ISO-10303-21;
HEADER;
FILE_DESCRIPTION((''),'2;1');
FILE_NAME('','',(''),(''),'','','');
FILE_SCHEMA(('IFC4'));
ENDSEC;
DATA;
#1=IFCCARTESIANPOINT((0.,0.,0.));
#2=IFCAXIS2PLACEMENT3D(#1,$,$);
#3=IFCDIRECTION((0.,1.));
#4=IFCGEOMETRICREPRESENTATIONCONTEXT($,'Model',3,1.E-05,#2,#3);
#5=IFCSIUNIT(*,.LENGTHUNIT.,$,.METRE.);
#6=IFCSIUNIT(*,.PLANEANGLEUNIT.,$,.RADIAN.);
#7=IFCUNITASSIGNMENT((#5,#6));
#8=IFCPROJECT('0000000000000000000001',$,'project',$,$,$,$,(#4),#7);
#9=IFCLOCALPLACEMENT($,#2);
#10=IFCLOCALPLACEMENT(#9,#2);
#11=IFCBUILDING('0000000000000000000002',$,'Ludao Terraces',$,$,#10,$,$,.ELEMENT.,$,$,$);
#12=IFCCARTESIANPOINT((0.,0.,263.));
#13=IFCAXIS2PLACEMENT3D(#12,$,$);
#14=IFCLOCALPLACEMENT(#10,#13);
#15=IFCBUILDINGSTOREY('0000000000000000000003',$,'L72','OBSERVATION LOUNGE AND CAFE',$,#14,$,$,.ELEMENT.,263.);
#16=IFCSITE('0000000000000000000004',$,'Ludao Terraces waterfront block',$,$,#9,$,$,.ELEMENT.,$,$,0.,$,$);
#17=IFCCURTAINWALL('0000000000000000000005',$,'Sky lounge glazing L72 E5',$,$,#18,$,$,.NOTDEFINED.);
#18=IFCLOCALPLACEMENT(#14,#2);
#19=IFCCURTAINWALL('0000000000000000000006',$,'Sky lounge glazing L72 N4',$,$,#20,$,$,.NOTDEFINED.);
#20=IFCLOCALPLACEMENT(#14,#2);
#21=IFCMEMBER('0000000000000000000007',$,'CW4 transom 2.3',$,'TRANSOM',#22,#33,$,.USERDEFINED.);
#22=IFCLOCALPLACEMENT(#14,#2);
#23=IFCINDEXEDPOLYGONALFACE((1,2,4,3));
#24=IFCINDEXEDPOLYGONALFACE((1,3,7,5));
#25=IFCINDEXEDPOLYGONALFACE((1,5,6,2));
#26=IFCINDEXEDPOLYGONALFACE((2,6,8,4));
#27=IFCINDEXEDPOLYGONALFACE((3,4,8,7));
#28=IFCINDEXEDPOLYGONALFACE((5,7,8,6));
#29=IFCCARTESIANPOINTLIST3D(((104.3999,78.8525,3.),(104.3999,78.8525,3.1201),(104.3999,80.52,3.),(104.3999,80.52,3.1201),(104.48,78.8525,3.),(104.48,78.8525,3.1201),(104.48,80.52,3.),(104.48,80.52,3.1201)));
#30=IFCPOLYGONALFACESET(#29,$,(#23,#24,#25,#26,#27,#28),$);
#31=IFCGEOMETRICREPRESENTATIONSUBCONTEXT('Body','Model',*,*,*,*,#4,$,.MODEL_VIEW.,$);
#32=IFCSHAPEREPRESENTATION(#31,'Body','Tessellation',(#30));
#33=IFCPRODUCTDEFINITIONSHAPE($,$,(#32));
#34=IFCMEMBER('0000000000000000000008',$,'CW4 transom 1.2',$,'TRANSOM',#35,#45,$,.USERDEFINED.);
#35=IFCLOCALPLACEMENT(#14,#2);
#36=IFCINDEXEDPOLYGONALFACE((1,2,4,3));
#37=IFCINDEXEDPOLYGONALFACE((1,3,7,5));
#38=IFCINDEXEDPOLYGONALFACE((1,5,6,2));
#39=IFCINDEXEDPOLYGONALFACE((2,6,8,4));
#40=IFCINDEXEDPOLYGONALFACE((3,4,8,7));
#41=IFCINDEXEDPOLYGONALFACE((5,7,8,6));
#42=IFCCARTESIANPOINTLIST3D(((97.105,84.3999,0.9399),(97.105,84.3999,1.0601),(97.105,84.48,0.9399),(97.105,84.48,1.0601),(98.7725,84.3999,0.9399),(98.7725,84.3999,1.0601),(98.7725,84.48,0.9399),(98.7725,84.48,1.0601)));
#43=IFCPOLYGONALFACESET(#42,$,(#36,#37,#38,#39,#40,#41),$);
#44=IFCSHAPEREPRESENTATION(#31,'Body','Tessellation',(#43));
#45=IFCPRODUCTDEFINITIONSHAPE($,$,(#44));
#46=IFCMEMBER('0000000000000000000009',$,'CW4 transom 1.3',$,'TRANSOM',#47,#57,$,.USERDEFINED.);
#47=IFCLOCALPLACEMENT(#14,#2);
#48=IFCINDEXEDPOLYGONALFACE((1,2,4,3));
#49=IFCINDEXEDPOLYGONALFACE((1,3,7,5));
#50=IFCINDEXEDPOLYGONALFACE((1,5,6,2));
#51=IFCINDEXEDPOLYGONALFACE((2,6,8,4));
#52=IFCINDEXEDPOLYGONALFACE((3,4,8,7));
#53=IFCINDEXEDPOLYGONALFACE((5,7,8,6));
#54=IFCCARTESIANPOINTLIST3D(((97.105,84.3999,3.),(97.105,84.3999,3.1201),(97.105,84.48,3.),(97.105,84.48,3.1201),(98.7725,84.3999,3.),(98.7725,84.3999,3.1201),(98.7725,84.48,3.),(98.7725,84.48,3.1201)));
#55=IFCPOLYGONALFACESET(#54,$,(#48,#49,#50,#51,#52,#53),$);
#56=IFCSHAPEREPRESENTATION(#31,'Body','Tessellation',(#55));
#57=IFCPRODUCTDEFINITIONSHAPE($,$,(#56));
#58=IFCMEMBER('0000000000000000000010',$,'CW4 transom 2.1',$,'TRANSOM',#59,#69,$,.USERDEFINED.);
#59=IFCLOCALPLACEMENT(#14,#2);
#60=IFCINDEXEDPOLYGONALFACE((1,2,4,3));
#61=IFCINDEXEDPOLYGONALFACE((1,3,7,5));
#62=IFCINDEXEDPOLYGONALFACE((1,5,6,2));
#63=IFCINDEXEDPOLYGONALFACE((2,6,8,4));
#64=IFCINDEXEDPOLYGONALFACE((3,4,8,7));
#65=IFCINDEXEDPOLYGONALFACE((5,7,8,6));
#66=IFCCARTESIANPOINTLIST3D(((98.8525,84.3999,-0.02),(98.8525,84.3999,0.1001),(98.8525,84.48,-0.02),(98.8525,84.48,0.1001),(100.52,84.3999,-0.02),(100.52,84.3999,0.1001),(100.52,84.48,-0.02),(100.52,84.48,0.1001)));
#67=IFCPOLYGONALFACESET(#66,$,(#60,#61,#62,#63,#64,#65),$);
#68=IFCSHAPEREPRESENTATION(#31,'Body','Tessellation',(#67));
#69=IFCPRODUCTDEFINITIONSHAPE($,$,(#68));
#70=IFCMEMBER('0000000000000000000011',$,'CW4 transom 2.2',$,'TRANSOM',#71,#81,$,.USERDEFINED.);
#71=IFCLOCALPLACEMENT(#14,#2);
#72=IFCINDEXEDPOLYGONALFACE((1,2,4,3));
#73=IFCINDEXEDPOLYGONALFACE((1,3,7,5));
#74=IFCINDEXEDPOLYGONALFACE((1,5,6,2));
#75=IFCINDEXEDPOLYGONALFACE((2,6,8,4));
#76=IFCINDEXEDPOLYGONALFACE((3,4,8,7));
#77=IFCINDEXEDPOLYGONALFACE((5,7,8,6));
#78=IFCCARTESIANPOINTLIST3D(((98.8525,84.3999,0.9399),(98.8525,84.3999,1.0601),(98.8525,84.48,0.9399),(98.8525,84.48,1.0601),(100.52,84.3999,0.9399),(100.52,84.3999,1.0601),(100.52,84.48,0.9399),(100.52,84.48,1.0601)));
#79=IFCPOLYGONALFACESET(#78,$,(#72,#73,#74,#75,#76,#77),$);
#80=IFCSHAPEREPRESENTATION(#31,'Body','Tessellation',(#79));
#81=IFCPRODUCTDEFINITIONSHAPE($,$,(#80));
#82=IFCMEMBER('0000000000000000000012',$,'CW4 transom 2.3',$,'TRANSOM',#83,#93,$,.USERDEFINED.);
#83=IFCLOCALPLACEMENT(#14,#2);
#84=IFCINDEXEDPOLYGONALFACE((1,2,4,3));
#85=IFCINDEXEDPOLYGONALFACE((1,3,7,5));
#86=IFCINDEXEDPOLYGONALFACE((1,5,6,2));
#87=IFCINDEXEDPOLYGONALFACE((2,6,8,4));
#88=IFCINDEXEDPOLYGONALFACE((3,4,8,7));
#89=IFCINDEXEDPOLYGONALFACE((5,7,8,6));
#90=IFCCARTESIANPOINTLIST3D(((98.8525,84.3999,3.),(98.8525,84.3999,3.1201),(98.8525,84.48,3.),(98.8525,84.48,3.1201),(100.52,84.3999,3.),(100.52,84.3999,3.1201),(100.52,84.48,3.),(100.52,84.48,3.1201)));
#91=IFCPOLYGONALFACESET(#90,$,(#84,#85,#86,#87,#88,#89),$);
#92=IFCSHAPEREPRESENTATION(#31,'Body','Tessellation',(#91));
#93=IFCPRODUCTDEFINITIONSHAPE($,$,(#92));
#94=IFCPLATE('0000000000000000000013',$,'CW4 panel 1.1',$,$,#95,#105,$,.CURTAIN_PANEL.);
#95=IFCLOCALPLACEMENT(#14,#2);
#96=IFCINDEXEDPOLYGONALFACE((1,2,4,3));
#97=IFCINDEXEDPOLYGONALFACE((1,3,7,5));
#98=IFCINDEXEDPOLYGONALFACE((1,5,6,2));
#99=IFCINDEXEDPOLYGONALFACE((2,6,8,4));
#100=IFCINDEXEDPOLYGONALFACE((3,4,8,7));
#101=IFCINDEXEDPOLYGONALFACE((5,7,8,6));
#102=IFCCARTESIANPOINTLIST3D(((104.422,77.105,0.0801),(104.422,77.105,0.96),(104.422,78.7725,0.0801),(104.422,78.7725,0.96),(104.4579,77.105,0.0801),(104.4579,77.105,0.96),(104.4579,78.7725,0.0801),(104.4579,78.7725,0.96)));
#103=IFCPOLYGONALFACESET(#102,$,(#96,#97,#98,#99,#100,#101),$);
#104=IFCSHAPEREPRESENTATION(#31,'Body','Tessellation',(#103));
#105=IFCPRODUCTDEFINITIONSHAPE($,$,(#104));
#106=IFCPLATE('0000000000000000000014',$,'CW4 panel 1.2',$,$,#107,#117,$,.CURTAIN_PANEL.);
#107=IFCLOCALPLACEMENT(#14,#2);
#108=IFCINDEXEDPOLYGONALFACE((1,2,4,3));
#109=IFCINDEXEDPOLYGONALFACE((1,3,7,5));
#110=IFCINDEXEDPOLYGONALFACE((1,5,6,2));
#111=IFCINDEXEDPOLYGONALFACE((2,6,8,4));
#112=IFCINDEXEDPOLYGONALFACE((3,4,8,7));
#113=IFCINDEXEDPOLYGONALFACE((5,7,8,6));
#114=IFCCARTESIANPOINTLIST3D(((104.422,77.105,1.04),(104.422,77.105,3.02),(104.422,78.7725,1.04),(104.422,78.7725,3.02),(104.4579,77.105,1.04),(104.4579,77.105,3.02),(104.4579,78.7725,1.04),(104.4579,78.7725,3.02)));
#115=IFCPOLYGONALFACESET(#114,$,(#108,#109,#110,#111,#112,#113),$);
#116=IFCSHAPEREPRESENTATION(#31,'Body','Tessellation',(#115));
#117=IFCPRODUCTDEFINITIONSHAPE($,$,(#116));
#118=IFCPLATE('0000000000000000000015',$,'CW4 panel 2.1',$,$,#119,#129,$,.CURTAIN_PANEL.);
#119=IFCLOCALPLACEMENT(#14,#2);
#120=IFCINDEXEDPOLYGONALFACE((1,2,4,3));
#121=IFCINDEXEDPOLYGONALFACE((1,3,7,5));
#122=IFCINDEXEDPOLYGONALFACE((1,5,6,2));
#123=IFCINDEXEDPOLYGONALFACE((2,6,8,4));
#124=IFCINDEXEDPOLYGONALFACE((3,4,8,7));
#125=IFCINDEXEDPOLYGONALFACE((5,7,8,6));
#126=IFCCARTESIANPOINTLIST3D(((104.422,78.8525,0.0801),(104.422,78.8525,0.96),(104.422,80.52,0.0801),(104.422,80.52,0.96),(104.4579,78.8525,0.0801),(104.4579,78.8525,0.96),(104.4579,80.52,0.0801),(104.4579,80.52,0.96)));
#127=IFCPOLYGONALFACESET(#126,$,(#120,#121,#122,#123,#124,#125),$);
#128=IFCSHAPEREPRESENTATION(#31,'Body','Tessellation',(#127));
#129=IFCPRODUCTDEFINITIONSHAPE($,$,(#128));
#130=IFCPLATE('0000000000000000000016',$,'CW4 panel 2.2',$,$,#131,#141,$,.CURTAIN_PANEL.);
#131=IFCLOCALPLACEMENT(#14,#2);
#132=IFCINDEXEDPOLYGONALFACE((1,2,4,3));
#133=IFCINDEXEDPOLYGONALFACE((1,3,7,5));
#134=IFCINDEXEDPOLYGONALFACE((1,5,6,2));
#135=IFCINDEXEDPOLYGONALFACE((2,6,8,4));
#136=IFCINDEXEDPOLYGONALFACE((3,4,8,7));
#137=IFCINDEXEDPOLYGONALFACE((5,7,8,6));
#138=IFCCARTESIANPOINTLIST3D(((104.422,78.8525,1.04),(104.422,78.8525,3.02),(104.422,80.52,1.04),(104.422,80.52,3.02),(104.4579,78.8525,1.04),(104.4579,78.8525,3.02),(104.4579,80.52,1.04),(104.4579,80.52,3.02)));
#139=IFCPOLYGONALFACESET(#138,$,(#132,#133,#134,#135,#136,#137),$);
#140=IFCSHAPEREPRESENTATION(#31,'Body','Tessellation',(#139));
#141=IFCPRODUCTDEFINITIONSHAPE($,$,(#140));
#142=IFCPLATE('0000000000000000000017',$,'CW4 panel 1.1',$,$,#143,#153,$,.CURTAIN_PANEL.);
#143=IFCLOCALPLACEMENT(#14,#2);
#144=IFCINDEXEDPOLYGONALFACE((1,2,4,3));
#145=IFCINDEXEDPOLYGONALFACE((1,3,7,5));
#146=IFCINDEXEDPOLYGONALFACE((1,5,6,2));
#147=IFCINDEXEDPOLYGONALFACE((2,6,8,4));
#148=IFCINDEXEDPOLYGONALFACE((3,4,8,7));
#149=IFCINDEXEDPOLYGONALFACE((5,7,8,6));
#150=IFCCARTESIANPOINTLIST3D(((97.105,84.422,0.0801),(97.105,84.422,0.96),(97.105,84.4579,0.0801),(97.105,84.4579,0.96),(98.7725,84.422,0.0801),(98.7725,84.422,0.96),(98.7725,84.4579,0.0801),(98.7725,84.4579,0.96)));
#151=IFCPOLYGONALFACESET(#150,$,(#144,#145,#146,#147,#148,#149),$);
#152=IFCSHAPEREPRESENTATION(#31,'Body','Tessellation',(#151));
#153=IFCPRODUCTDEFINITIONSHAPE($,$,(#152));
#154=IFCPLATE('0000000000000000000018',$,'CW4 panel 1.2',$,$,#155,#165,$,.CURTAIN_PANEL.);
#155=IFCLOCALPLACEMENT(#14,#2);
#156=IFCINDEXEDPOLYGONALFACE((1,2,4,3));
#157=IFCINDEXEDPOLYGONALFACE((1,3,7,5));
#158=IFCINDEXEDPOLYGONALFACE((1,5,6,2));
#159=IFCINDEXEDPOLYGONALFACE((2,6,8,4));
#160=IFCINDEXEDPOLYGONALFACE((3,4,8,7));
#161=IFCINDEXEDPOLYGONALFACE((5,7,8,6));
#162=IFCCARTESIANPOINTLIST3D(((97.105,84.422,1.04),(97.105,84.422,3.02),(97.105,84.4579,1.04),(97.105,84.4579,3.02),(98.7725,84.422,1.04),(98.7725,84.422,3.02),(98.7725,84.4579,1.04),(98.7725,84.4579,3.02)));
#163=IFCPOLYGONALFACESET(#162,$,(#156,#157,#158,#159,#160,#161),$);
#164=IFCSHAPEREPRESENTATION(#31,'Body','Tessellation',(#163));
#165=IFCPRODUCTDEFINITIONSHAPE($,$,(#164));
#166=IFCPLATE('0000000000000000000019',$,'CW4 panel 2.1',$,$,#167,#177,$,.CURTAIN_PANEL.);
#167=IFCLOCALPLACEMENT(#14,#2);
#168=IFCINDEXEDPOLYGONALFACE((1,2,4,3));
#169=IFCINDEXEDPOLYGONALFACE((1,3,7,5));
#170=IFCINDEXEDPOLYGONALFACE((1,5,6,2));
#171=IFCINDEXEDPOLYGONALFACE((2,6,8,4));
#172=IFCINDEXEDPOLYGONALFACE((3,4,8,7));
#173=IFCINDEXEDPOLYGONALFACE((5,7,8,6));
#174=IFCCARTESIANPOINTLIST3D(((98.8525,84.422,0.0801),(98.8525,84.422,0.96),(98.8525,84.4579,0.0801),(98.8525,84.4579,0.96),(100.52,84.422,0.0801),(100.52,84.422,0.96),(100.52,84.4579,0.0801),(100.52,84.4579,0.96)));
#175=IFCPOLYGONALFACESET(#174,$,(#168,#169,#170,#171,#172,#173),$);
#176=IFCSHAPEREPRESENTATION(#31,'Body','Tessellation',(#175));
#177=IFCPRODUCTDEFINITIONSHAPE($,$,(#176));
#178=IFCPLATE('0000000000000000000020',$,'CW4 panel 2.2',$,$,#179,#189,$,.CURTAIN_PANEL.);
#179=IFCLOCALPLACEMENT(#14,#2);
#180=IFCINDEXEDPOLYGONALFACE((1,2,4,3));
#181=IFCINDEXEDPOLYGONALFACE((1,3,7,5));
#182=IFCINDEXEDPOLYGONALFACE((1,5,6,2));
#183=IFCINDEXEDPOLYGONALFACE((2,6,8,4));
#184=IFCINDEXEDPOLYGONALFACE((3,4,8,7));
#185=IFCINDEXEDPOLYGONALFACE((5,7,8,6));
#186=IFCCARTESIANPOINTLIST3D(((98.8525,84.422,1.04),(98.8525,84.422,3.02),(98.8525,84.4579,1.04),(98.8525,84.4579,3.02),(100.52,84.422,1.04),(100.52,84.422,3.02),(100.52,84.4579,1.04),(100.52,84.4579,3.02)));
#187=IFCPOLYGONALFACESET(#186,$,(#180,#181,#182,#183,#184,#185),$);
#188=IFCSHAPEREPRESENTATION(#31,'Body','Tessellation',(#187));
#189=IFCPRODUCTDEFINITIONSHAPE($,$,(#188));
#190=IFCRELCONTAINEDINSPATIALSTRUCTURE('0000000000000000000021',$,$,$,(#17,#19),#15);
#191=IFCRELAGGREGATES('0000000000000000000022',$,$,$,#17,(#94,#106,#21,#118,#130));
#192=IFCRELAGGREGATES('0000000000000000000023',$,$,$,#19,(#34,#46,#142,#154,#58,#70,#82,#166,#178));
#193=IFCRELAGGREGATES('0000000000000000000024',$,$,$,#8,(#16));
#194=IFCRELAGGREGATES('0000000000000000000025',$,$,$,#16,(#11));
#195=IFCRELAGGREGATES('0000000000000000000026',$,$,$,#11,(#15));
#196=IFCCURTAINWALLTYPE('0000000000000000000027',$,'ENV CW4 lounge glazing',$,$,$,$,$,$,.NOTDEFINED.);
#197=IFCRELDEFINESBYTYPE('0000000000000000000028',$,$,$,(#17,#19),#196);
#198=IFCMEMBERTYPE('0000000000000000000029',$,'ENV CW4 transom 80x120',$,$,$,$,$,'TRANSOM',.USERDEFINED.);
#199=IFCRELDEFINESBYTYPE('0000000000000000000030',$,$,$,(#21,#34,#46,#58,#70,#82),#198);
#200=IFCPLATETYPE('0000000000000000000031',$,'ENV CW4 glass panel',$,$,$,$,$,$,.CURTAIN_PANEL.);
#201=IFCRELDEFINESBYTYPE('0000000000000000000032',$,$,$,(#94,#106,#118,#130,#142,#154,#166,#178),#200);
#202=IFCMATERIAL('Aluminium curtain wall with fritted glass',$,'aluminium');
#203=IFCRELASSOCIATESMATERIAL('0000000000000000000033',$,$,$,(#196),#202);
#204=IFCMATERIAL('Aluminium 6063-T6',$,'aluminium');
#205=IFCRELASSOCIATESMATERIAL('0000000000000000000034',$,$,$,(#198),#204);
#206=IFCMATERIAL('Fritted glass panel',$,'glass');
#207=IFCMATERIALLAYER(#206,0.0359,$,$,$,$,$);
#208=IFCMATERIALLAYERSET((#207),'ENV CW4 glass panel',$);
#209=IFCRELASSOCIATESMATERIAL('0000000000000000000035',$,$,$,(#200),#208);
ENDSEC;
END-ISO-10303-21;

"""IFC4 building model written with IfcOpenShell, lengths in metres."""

from ifc_helpers import new_model, si_unit, direction, frame, origin, origin_2d, place, context, subcontext, project, spatial, rectangle, extrude, material, layer, layer_set, material_profile, profile_set, type_object, element, aggregate, save


model = new_model("IFC4")

# Units and contexts
model_context = context("Model", 3, precision=1e-05, world=origin(), true_north=direction((0.0, 1.0)))
body_context = subcontext(model_context, "Body", "Model", "MODEL_VIEW")
ifc_project = project(units=[si_unit("LENGTHUNIT", "METRE"), si_unit("PLANEANGLEUNIT", "RADIAN")], contexts=[model_context])

# Site, building, storey
site_placement = place(None, origin())
site = spatial("IfcSite", under=ifc_project, at=site_placement, Name="Ludao Terraces waterfront block", CompositionType="ELEMENT", RefElevation=0.0)
building_placement = place(site_placement, origin())
building = spatial("IfcBuilding", under=site, at=building_placement, Name="Ludao Terraces", CompositionType="ELEMENT")
storey_placement = place(building_placement, frame((0.0, 0.0, 263.0)))
storey = spatial("IfcBuildingStorey", under=building, at=storey_placement, Name="L72", Description="OBSERVATION LOUNGE AND CAFE", CompositionType="ELEMENT", Elevation=263.0)

# Shared definitions
ifc_material_1 = material(Name="Aluminium curtain wall with fritted glass", Category="aluminium")
curtain_wall_type = type_object("IfcCurtainWallType", Name="ENV CW4 lounge glazing", PredefinedType="NOTDEFINED", material=ifc_material_1)
ifc_material_2 = material(Name="Aluminium 6063-T6", Category="aluminium")

# Curtain walls
curtain_wall_1_placement = place(storey_placement, origin())
curtain_wall_1 = element("IfcCurtainWall", 1, at=curtain_wall_1_placement, inside=storey, type_object=curtain_wall_type, Name="Sky lounge glazing L72 E5", PredefinedType="NOTDEFINED")
curtain_wall_2_placement = place(storey_placement, origin())
curtain_wall_2 = element("IfcCurtainWall", 2, at=curtain_wall_2_placement, inside=storey, type_object=curtain_wall_type, Name="Sky lounge glazing L72 N4", PredefinedType="NOTDEFINED")

# Members
ifc_material_profile_1 = material_profile(ifc_material_2, rectangle(XDim=0.0801, YDim=0.1201, at=origin_2d()), Name="80 X 120")
ifc_profile_set_1 = profile_set([ifc_material_profile_1], Name="Aluminium 6063-T6")
member_type_1 = type_object("IfcMemberType", Name="ENV CW4 transom 80x120", ElementType="TRANSOM", PredefinedType="USERDEFINED", material=ifc_profile_set_1)
member_1_placement = place(storey_placement, frame((104.4399, 78.8525, 3.0601), z_axis=(0.0, 1.0, 0.0), x_axis=(-1.0, 0.0, 0.0)))
member_1 = element("IfcMember", 3, at=member_1_placement, type_object=member_type_1, Name="CW4 transom 2.3", ObjectType="TRANSOM", PredefinedType="USERDEFINED", context=body_context, shape_type="SweptSolid", body=[
    extrude(rectangle(XDim=0.0801, YDim=0.1201, at=origin_2d()), origin(), (0.0, 0.0, 1.0), 1.6675),
])
member_2_placement = place(storey_placement, frame((97.105, 84.4399, 1.0), z_axis=(1.0, 0.0, 0.0), x_axis=(0.0, 1.0, 0.0)))
member_2 = element("IfcMember", 4, at=member_2_placement, type_object=member_type_1, Name="CW4 transom 1.2", ObjectType="TRANSOM", PredefinedType="USERDEFINED", context=body_context, shape_type="SweptSolid", body=[
    extrude(rectangle(XDim=0.0801, YDim=0.1201, at=origin_2d()), origin(), (0.0, 0.0, 1.0), 1.6675),
])
member_3_placement = place(storey_placement, frame((97.105, 84.4399, 3.0601), z_axis=(1.0, 0.0, 0.0), x_axis=(0.0, 1.0, 0.0)))
member_3 = element("IfcMember", 5, at=member_3_placement, type_object=member_type_1, Name="CW4 transom 1.3", ObjectType="TRANSOM", PredefinedType="USERDEFINED", context=body_context, shape_type="SweptSolid", body=[
    extrude(rectangle(XDim=0.0801, YDim=0.1201, at=origin_2d()), origin(), (0.0, 0.0, 1.0), 1.6675),
])
member_4_placement = place(storey_placement, frame((98.8525, 84.4399, 0.04), z_axis=(1.0, 0.0, 0.0), x_axis=(0.0, 1.0, 0.0)))
member_4 = element("IfcMember", 6, at=member_4_placement, type_object=member_type_1, Name="CW4 transom 2.1", ObjectType="TRANSOM", PredefinedType="USERDEFINED", context=body_context, shape_type="SweptSolid", body=[
    extrude(rectangle(XDim=0.0801, YDim=0.1201, at=origin_2d()), origin(), (0.0, 0.0, 1.0), 1.6675),
])
member_5_placement = place(storey_placement, frame((98.8525, 84.4399, 1.0), z_axis=(1.0, 0.0, 0.0), x_axis=(0.0, 1.0, 0.0)))
member_5 = element("IfcMember", 7, at=member_5_placement, type_object=member_type_1, Name="CW4 transom 2.2", ObjectType="TRANSOM", PredefinedType="USERDEFINED", context=body_context, shape_type="SweptSolid", body=[
    extrude(rectangle(XDim=0.0801, YDim=0.1201, at=origin_2d()), origin(), (0.0, 0.0, 1.0), 1.6675),
])
member_6_placement = place(storey_placement, frame((98.8525, 84.4399, 3.0601), z_axis=(1.0, 0.0, 0.0), x_axis=(0.0, 1.0, 0.0)))
member_6 = element("IfcMember", 8, at=member_6_placement, type_object=member_type_1, Name="CW4 transom 2.3", ObjectType="TRANSOM", PredefinedType="USERDEFINED", context=body_context, shape_type="SweptSolid", body=[
    extrude(rectangle(XDim=0.0801, YDim=0.1201, at=origin_2d()), origin(), (0.0, 0.0, 1.0), 1.6675),
])

# Plates
ifc_material_3 = material(Name="Fritted glass panel", Category="glass")
ifc_layer_1 = layer(ifc_material_3, 0.0359)
ifc_layer_set_1 = layer_set([ifc_layer_1], Name="ENV CW4 glass panel")
plate_type = type_object("IfcPlateType", Name="ENV CW4 glass panel", PredefinedType="CURTAIN_PANEL", material=ifc_layer_set_1)
plate_1_placement = place(storey_placement, frame((104.4399, 77.9387, 0.0801), z_axis=(0.0, 0.0, 1.0), x_axis=(0.0, 1.0, 0.0)))
plate_1 = element("IfcPlate", 9, at=plate_1_placement, type_object=plate_type, Name="CW4 panel 1.1", PredefinedType="CURTAIN_PANEL", context=body_context, shape_type="SweptSolid", body=[
    extrude(rectangle(XDim=1.6675, YDim=0.0359, at=origin_2d()), origin(), (0.0, 0.0, 1.0), 0.8799),
])
plate_2_placement = place(storey_placement, frame((104.4399, 77.9387, 1.04), z_axis=(0.0, 0.0, 1.0), x_axis=(0.0, 1.0, 0.0)))
plate_2 = element("IfcPlate", 10, at=plate_2_placement, type_object=plate_type, Name="CW4 panel 1.2", PredefinedType="CURTAIN_PANEL", context=body_context, shape_type="SweptSolid", body=[
    extrude(rectangle(XDim=1.6675, YDim=0.0359, at=origin_2d()), origin(), (0.0, 0.0, 1.0), 1.98),
])
plate_3_placement = place(storey_placement, frame((104.4399, 79.6863, 0.0801), z_axis=(0.0, 0.0, 1.0), x_axis=(0.0, 1.0, 0.0)))
plate_3 = element("IfcPlate", 11, at=plate_3_placement, type_object=plate_type, Name="CW4 panel 2.1", PredefinedType="CURTAIN_PANEL", context=body_context, shape_type="SweptSolid", body=[
    extrude(rectangle(XDim=1.6675, YDim=0.0359, at=origin_2d()), origin(), (0.0, 0.0, 1.0), 0.8799),
])
plate_4_placement = place(storey_placement, frame((104.4399, 79.6863, 1.04), z_axis=(0.0, 0.0, 1.0), x_axis=(0.0, 1.0, 0.0)))
plate_4 = element("IfcPlate", 12, at=plate_4_placement, type_object=plate_type, Name="CW4 panel 2.2", PredefinedType="CURTAIN_PANEL", context=body_context, shape_type="SweptSolid", body=[
    extrude(rectangle(XDim=1.6675, YDim=0.0359, at=origin_2d()), origin(), (0.0, 0.0, 1.0), 1.98),
])
aggregate(curtain_wall_1, [plate_1, plate_2, member_1, plate_3, plate_4])
plate_5_placement = place(storey_placement, frame((97.9387, 84.4399, 0.0801), z_axis=(0.0, 0.0, 1.0), x_axis=(1.0, 0.0, 0.0)))
plate_5 = element("IfcPlate", 13, at=plate_5_placement, type_object=plate_type, Name="CW4 panel 1.1", PredefinedType="CURTAIN_PANEL", context=body_context, shape_type="SweptSolid", body=[
    extrude(rectangle(XDim=1.6675, YDim=0.0359, at=origin_2d()), origin(), (0.0, 0.0, 1.0), 0.8799),
])
plate_6_placement = place(storey_placement, frame((97.9387, 84.4399, 1.04), z_axis=(0.0, 0.0, 1.0), x_axis=(1.0, 0.0, 0.0)))
plate_6 = element("IfcPlate", 14, at=plate_6_placement, type_object=plate_type, Name="CW4 panel 1.2", PredefinedType="CURTAIN_PANEL", context=body_context, shape_type="SweptSolid", body=[
    extrude(rectangle(XDim=1.6675, YDim=0.0359, at=origin_2d()), origin(), (0.0, 0.0, 1.0), 1.98),
])
plate_7_placement = place(storey_placement, frame((99.6863, 84.4399, 0.0801), z_axis=(0.0, 0.0, 1.0), x_axis=(1.0, 0.0, 0.0)))
plate_7 = element("IfcPlate", 15, at=plate_7_placement, type_object=plate_type, Name="CW4 panel 2.1", PredefinedType="CURTAIN_PANEL", context=body_context, shape_type="SweptSolid", body=[
    extrude(rectangle(XDim=1.6675, YDim=0.0359, at=origin_2d()), origin(), (0.0, 0.0, 1.0), 0.8799),
])
plate_8_placement = place(storey_placement, frame((99.6863, 84.4399, 1.04), z_axis=(0.0, 0.0, 1.0), x_axis=(1.0, 0.0, 0.0)))
plate_8 = element("IfcPlate", 16, at=plate_8_placement, type_object=plate_type, Name="CW4 panel 2.2", PredefinedType="CURTAIN_PANEL", context=body_context, shape_type="SweptSolid", body=[
    extrude(rectangle(XDim=1.6675, YDim=0.0359, at=origin_2d()), origin(), (0.0, 0.0, 1.0), 1.98),
])
aggregate(curtain_wall_2, [member_2, member_3, plate_5, plate_6, member_4, member_5, member_6, plate_7, plate_8])

save(model, "model.ifc")
